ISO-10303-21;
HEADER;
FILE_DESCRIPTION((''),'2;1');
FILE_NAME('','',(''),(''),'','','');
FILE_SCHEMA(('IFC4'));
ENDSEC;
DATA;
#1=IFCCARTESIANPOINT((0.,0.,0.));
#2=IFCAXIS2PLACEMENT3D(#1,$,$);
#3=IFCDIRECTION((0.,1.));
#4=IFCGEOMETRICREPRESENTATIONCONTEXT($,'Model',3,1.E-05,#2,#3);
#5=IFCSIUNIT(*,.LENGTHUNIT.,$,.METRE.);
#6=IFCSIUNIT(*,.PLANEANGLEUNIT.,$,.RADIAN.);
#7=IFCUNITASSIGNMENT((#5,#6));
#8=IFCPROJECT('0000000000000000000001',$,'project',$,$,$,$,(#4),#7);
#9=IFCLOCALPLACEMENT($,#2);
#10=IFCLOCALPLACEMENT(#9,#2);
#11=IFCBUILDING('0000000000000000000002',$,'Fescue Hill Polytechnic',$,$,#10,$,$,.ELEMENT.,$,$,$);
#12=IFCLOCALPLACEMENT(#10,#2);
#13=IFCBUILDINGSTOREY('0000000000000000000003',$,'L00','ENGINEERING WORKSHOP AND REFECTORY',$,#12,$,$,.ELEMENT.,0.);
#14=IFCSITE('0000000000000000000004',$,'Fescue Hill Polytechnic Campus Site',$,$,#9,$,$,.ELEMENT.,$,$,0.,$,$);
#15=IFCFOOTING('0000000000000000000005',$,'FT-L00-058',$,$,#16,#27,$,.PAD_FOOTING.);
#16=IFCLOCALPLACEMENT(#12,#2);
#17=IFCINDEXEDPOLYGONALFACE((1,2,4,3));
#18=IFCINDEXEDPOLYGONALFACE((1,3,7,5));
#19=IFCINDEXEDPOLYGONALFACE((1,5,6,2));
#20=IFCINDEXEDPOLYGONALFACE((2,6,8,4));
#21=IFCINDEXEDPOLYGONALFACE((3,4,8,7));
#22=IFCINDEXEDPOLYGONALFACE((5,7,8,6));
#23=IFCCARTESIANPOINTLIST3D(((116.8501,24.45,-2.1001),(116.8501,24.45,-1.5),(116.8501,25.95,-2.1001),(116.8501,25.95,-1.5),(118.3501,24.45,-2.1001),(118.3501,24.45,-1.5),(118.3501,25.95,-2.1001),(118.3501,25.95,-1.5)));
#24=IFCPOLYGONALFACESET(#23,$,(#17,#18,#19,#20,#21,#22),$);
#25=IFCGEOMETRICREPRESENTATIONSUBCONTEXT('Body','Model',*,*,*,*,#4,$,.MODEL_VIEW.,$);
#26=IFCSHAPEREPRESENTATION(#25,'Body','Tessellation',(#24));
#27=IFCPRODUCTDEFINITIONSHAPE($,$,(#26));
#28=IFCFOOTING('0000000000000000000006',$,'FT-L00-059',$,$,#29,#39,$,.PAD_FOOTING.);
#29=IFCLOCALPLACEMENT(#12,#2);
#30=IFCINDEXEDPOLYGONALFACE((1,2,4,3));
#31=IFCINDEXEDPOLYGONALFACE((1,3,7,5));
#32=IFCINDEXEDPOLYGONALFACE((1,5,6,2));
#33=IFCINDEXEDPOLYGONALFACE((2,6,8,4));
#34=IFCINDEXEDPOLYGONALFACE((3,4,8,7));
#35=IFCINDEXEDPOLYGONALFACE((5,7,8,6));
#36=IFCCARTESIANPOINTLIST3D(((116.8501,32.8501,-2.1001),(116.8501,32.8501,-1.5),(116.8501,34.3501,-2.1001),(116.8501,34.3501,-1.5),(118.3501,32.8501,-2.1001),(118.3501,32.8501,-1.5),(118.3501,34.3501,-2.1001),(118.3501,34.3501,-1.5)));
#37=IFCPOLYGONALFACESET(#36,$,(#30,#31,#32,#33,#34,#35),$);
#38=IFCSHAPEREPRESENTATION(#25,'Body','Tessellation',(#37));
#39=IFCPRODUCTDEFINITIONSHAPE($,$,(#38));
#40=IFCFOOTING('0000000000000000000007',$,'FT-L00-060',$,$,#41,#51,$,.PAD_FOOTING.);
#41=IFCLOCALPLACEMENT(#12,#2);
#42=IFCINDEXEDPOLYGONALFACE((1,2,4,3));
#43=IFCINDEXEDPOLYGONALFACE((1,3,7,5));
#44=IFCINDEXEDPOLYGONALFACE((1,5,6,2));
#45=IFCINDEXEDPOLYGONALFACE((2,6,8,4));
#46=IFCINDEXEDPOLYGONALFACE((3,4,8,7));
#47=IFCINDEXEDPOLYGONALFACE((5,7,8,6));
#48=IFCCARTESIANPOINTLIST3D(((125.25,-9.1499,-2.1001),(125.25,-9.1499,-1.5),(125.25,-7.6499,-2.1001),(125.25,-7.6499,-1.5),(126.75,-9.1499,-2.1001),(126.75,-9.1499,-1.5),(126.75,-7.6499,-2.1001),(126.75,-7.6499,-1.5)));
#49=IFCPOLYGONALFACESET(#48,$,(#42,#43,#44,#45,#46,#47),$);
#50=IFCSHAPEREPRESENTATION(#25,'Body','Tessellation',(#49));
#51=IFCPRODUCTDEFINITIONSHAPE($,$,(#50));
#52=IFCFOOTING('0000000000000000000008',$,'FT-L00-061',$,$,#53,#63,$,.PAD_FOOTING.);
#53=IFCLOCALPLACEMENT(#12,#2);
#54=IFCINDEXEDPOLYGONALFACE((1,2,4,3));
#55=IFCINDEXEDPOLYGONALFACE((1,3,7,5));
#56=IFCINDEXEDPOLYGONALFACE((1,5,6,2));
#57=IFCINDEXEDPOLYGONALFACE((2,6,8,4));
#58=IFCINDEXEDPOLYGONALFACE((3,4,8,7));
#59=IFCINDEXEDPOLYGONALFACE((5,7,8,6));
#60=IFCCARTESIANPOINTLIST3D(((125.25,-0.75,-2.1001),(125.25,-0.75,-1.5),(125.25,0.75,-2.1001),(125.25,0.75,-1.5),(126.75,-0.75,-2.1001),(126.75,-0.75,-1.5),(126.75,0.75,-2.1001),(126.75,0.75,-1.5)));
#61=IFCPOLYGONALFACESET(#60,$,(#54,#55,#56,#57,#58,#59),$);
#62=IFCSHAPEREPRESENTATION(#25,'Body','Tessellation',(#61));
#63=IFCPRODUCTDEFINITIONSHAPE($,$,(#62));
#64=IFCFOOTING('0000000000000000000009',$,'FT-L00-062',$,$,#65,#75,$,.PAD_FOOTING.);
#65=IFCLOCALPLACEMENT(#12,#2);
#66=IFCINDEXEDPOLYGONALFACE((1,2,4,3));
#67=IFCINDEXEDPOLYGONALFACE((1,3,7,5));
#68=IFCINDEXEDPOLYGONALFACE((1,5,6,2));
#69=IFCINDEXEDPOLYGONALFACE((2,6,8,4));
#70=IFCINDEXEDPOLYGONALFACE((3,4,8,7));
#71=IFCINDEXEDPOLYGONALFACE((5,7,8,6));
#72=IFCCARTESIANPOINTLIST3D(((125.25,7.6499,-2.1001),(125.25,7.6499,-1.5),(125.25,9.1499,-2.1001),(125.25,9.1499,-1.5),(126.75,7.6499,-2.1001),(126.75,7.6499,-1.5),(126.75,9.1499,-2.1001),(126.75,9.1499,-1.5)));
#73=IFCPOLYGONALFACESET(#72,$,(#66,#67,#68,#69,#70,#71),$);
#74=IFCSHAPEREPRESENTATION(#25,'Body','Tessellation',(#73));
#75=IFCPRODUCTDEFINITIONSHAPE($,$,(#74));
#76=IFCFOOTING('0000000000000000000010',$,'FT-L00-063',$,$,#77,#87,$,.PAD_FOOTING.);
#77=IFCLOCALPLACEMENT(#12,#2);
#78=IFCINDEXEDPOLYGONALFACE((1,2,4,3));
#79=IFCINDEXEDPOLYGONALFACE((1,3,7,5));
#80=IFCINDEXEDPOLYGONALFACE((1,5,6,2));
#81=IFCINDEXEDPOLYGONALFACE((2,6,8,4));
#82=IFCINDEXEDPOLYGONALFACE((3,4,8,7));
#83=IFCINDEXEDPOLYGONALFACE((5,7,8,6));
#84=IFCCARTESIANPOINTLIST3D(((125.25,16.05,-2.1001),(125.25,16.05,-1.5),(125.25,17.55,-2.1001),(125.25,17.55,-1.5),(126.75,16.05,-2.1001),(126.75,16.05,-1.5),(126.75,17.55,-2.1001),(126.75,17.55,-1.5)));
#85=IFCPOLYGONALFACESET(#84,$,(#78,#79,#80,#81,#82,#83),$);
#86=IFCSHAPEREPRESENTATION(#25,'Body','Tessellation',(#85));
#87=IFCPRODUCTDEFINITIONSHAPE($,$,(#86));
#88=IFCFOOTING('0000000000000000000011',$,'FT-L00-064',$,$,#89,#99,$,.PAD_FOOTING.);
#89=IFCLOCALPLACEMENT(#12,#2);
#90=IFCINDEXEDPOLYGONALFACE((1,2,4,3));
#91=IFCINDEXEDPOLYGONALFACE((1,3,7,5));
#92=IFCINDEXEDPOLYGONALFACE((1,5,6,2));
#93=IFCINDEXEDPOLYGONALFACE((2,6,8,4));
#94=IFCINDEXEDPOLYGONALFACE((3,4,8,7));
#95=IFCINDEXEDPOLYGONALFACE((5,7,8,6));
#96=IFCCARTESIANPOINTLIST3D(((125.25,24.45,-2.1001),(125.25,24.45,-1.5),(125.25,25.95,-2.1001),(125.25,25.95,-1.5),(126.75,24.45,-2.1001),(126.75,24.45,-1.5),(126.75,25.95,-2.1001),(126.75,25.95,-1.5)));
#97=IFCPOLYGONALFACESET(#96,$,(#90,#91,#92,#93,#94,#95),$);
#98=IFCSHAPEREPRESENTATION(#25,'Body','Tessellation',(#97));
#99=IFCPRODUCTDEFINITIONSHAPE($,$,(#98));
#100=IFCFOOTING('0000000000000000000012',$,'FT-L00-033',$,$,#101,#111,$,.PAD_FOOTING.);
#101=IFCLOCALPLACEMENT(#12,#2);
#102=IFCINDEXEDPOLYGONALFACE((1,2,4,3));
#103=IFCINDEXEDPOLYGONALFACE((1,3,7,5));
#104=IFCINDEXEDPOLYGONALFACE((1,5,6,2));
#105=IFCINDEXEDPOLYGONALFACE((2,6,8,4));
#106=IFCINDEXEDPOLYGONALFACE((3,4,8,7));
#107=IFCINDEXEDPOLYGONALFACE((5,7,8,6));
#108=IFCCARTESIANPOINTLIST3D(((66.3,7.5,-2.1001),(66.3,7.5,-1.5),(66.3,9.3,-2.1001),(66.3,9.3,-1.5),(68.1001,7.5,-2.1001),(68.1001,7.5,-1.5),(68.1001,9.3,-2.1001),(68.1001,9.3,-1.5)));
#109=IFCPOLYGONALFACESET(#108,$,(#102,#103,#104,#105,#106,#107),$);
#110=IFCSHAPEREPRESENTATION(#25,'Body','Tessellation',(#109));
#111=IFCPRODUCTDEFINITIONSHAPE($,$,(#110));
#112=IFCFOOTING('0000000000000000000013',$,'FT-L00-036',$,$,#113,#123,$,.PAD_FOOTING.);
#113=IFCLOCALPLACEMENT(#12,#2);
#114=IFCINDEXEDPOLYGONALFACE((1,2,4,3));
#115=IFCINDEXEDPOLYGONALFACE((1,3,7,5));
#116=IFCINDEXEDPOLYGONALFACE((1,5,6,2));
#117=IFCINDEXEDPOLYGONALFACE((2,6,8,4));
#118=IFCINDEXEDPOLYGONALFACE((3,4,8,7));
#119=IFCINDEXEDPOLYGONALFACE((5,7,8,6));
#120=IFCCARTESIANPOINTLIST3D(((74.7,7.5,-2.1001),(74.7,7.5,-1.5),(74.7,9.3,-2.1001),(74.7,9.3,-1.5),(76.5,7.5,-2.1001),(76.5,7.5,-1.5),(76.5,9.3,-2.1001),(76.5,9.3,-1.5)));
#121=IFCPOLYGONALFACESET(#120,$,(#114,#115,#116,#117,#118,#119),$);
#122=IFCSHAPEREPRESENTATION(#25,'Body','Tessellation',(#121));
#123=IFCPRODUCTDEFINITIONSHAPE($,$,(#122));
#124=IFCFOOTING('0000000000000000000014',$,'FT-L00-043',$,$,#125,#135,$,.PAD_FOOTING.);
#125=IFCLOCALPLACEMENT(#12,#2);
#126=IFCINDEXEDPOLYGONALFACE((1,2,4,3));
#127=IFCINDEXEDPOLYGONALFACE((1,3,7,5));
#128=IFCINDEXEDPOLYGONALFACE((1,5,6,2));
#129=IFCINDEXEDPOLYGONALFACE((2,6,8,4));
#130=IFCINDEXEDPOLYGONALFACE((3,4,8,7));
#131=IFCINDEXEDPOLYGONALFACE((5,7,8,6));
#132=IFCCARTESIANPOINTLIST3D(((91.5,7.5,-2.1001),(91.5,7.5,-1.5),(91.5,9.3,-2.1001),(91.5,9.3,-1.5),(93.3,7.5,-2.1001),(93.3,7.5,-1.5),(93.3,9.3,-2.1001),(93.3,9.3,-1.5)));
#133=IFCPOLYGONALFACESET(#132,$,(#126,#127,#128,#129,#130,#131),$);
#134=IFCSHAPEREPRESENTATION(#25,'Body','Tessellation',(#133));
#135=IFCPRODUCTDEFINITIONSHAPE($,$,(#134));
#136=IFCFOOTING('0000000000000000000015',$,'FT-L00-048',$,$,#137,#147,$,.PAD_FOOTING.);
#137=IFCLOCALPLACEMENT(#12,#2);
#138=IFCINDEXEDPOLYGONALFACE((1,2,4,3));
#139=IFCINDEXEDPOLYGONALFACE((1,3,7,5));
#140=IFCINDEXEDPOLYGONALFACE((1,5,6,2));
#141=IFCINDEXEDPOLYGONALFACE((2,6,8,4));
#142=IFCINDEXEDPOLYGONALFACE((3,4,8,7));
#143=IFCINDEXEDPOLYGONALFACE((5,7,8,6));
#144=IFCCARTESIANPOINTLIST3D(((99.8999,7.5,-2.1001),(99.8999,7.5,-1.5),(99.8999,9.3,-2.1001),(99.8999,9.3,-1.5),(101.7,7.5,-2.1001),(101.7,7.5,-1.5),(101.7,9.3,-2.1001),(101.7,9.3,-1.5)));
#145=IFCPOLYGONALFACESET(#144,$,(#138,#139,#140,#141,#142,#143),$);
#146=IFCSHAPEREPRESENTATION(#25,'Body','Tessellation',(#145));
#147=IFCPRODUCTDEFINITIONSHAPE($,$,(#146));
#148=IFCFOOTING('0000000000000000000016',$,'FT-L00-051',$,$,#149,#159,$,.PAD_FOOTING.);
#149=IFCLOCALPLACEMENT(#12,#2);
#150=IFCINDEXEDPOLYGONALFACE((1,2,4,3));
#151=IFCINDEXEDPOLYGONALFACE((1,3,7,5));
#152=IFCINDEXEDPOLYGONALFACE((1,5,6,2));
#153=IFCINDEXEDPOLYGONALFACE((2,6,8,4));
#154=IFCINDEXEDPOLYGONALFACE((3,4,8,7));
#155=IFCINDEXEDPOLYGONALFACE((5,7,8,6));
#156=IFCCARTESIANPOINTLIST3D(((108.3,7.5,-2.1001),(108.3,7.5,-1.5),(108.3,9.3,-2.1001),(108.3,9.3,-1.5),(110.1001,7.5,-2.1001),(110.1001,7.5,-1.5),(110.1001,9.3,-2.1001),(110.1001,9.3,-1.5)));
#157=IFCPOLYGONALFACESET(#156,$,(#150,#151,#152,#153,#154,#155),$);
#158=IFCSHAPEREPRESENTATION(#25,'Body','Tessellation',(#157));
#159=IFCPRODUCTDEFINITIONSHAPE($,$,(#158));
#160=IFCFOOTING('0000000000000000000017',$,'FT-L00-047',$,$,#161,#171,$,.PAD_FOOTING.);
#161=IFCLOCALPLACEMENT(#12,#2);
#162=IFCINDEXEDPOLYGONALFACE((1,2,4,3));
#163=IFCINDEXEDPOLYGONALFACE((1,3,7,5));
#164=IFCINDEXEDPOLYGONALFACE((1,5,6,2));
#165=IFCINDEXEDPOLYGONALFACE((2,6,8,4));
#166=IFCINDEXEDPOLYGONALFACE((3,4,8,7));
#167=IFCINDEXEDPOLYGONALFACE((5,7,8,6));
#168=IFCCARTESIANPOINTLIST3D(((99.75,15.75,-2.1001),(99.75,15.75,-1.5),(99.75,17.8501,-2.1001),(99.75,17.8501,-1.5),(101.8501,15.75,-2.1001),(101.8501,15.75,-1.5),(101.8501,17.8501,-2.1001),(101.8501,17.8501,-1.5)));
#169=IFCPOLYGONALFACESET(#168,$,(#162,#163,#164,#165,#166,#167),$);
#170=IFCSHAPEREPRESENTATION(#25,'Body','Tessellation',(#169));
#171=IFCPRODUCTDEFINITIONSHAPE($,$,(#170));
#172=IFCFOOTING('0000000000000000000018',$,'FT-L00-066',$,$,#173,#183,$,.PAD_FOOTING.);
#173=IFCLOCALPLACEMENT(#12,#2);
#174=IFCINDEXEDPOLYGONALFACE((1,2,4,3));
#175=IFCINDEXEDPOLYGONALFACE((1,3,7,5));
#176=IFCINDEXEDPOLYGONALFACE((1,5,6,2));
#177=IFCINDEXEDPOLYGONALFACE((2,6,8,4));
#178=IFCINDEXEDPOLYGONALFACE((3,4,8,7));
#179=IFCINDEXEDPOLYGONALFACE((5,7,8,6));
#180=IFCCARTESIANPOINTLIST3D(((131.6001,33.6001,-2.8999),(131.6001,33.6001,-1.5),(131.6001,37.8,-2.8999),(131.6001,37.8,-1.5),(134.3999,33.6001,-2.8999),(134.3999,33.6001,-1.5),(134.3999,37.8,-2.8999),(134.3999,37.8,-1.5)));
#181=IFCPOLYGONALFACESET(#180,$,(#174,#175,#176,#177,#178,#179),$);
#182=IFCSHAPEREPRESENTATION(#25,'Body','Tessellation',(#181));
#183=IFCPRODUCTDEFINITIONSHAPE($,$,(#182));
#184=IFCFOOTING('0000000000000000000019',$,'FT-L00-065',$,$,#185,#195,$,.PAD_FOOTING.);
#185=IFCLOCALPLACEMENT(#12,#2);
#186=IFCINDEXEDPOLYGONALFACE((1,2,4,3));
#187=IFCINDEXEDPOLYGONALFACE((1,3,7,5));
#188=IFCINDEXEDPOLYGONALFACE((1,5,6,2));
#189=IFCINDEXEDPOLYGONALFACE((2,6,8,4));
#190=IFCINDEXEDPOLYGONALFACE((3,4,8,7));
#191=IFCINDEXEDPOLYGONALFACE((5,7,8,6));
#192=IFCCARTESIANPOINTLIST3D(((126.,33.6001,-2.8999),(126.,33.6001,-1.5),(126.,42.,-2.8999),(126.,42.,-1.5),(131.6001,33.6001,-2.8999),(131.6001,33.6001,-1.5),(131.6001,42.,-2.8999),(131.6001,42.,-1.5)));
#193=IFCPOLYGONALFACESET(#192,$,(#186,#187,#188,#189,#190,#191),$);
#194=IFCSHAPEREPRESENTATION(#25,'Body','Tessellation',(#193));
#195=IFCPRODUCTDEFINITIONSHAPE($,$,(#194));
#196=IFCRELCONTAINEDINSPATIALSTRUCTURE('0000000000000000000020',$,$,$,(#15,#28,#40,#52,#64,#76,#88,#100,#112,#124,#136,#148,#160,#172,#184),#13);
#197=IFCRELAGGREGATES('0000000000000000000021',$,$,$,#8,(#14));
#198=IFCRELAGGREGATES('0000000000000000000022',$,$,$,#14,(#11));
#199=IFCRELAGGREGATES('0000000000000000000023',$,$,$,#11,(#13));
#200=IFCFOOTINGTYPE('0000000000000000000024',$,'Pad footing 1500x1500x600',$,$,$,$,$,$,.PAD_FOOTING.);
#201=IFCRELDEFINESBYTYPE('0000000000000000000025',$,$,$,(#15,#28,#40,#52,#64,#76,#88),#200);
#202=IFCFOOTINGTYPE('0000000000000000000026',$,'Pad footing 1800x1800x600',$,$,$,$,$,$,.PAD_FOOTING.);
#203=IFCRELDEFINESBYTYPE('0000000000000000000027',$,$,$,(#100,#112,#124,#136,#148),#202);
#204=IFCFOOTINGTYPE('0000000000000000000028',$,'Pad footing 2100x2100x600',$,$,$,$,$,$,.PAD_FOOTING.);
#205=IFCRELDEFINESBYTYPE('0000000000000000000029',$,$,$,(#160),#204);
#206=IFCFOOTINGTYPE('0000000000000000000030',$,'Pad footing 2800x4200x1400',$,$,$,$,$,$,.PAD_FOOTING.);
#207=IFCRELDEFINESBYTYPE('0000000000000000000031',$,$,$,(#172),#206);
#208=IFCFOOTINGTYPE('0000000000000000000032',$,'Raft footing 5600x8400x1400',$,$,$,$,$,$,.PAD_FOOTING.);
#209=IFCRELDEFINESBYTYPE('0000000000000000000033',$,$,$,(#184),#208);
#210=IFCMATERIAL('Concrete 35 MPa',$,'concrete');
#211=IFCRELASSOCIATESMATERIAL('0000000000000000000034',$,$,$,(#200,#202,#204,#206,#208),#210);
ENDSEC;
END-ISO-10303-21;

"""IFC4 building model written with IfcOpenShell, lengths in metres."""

from ifc_helpers import new_model, si_unit, direction, frame, origin, place, context, subcontext, project, spatial, polyline, outline, extrude, material, type_object, element, save


model = new_model("IFC4")

# Units and contexts
model_context = context("Model", 3, precision=1e-05, world=origin(), true_north=direction((0.0, 1.0)))
body_context = subcontext(model_context, "Body", "Model", "MODEL_VIEW")
ifc_project = project(units=[si_unit("LENGTHUNIT", "METRE"), si_unit("PLANEANGLEUNIT", "RADIAN")], contexts=[model_context])

# Site, building, storey
site_placement = place(None, origin())
site = spatial("IfcSite", under=ifc_project, at=site_placement, Name="Fescue Hill Polytechnic Campus Site", CompositionType="ELEMENT", RefElevation=0.0)
building_placement = place(site_placement, origin())
building = spatial("IfcBuilding", under=site, at=building_placement, Name="Fescue Hill Polytechnic", CompositionType="ELEMENT")
storey_placement = place(building_placement, origin())
storey = spatial("IfcBuildingStorey", under=building, at=storey_placement, Name="L00", Description="ENGINEERING WORKSHOP AND REFECTORY", CompositionType="ELEMENT", Elevation=0.0)

# Footings
ifc_material = material(Name="Concrete 35 MPa", Category="concrete")
footing_type_1 = type_object("IfcFootingType", Name="Pad footing 1500x1500x600", PredefinedType="PAD_FOOTING", material=ifc_material)
footing_1_placement = place(storey_placement, frame((0.0, 0.0, -2.1001)))
element("IfcFooting", 1, at=footing_1_placement, inside=storey, type_object=footing_type_1, Name="FT-L00-058", PredefinedType="PAD_FOOTING", context=body_context, shape_type="SweptSolid", body=[
    extrude(outline(polyline([(118.3501, 24.45), (118.3501, 25.95), (116.8501, 25.95), (116.8501, 24.45), (118.3501, 24.45)])), origin(), (0.0, 0.0, 1.0), 0.6001),
])
footing_2_placement = place(storey_placement, frame((0.0, 0.0, -2.1001)))
element("IfcFooting", 2, at=footing_2_placement, inside=storey, type_object=footing_type_1, Name="FT-L00-059", PredefinedType="PAD_FOOTING", context=body_context, shape_type="SweptSolid", body=[
    extrude(outline(polyline([(118.3501, 32.8501), (118.3501, 34.3501), (116.8501, 34.3501), (116.8501, 32.8501), (118.3501, 32.8501)])), origin(), (0.0, 0.0, 1.0), 0.6001),
])
footing_3_placement = place(storey_placement, frame((0.0, 0.0, -2.1001)))
element("IfcFooting", 3, at=footing_3_placement, inside=storey, type_object=footing_type_1, Name="FT-L00-060", PredefinedType="PAD_FOOTING", context=body_context, shape_type="SweptSolid", body=[
    extrude(outline(polyline([(126.75, -9.1499), (126.75, -7.6499), (125.25, -7.6499), (125.25, -9.1499), (126.75, -9.1499)])), origin(), (0.0, 0.0, 1.0), 0.6001),
])
footing_4_placement = place(storey_placement, frame((0.0, 0.0, -2.1001)))
element("IfcFooting", 4, at=footing_4_placement, inside=storey, type_object=footing_type_1, Name="FT-L00-061", PredefinedType="PAD_FOOTING", context=body_context, shape_type="SweptSolid", body=[
    extrude(outline(polyline([(126.75, -0.75), (126.75, 0.75), (125.25, 0.75), (125.25, -0.75), (126.75, -0.75)])), origin(), (0.0, 0.0, 1.0), 0.6001),
])
footing_5_placement = place(storey_placement, frame((0.0, 0.0, -2.1001)))
element("IfcFooting", 5, at=footing_5_placement, inside=storey, type_object=footing_type_1, Name="FT-L00-062", PredefinedType="PAD_FOOTING", context=body_context, shape_type="SweptSolid", body=[
    extrude(outline(polyline([(126.75, 7.6499), (126.75, 9.1499), (125.25, 9.1499), (125.25, 7.6499), (126.75, 7.6499)])), origin(), (0.0, 0.0, 1.0), 0.6001),
])
footing_6_placement = place(storey_placement, frame((0.0, 0.0, -2.1001)))
element("IfcFooting", 6, at=footing_6_placement, inside=storey, type_object=footing_type_1, Name="FT-L00-063", PredefinedType="PAD_FOOTING", context=body_context, shape_type="SweptSolid", body=[
    extrude(outline(polyline([(126.75, 16.05), (126.75, 17.55), (125.25, 17.55), (125.25, 16.05), (126.75, 16.05)])), origin(), (0.0, 0.0, 1.0), 0.6001),
])
footing_7_placement = place(storey_placement, frame((0.0, 0.0, -2.1001)))
element("IfcFooting", 7, at=footing_7_placement, inside=storey, type_object=footing_type_1, Name="FT-L00-064", PredefinedType="PAD_FOOTING", context=body_context, shape_type="SweptSolid", body=[
    extrude(outline(polyline([(126.75, 24.45), (126.75, 25.95), (125.25, 25.95), (125.25, 24.45), (126.75, 24.45)])), origin(), (0.0, 0.0, 1.0), 0.6001),
])
footing_type_2 = type_object("IfcFootingType", Name="Pad footing 1800x1800x600", PredefinedType="PAD_FOOTING", material=ifc_material)
footing_8_placement = place(storey_placement, frame((0.0, 0.0, -2.1001)))
element("IfcFooting", 8, at=footing_8_placement, inside=storey, type_object=footing_type_2, Name="FT-L00-033", PredefinedType="PAD_FOOTING", context=body_context, shape_type="SweptSolid", body=[
    extrude(outline(polyline([(68.1001, 7.5), (68.1001, 9.3), (66.3, 9.3), (66.3, 7.5), (68.1001, 7.5)])), origin(), (0.0, 0.0, 1.0), 0.6001),
])
footing_9_placement = place(storey_placement, frame((0.0, 0.0, -2.1001)))
element("IfcFooting", 9, at=footing_9_placement, inside=storey, type_object=footing_type_2, Name="FT-L00-036", PredefinedType="PAD_FOOTING", context=body_context, shape_type="SweptSolid", body=[
    extrude(outline(polyline([(76.5, 7.5), (76.5, 9.3), (74.7, 9.3), (74.7, 7.5), (76.5, 7.5)])), origin(), (0.0, 0.0, 1.0), 0.6001),
])
footing_10_placement = place(storey_placement, frame((0.0, 0.0, -2.1001)))
element("IfcFooting", 10, at=footing_10_placement, inside=storey, type_object=footing_type_2, Name="FT-L00-043", PredefinedType="PAD_FOOTING", context=body_context, shape_type="SweptSolid", body=[
    extrude(outline(polyline([(93.3, 7.5), (93.3, 9.3), (91.5, 9.3), (91.5, 7.5), (93.3, 7.5)])), origin(), (0.0, 0.0, 1.0), 0.6001),
])
footing_11_placement = place(storey_placement, frame((0.0, 0.0, -2.1001)))
element("IfcFooting", 11, at=footing_11_placement, inside=storey, type_object=footing_type_2, Name="FT-L00-048", PredefinedType="PAD_FOOTING", context=body_context, shape_type="SweptSolid", body=[
    extrude(outline(polyline([(101.7, 7.5), (101.7, 9.3), (99.8999, 9.3), (99.8999, 7.5), (101.7, 7.5)])), origin(), (0.0, 0.0, 1.0), 0.6001),
])
footing_12_placement = place(storey_placement, frame((0.0, 0.0, -2.1001)))
element("IfcFooting", 12, at=footing_12_placement, inside=storey, type_object=footing_type_2, Name="FT-L00-051", PredefinedType="PAD_FOOTING", context=body_context, shape_type="SweptSolid", body=[
    extrude(outline(polyline([(110.1001, 7.5), (110.1001, 9.3), (108.3, 9.3), (108.3, 7.5), (110.1001, 7.5)])), origin(), (0.0, 0.0, 1.0), 0.6001),
])
footing_type_3 = type_object("IfcFootingType", Name="Pad footing 2100x2100x600", PredefinedType="PAD_FOOTING", material=ifc_material)
footing_13_placement = place(storey_placement, frame((0.0, 0.0, -2.1001)))
element("IfcFooting", 13, at=footing_13_placement, inside=storey, type_object=footing_type_3, Name="FT-L00-047", PredefinedType="PAD_FOOTING", context=body_context, shape_type="SweptSolid", body=[
    extrude(outline(polyline([(101.8501, 15.75), (101.8501, 17.8501), (99.75, 17.8501), (99.75, 15.75), (101.8501, 15.75)])), origin(), (0.0, 0.0, 1.0), 0.6001),
])
footing_type_4 = type_object("IfcFootingType", Name="Pad footing 2800x4200x1400", PredefinedType="PAD_FOOTING", material=ifc_material)
footing_14_placement = place(storey_placement, frame((0.0, 0.0, -2.8999)))
element("IfcFooting", 14, at=footing_14_placement, inside=storey, type_object=footing_type_4, Name="FT-L00-066", PredefinedType="PAD_FOOTING", context=body_context, shape_type="SweptSolid", body=[
    extrude(outline(polyline([(134.3999, 33.6001), (134.3999, 37.8), (131.6001, 37.8), (131.6001, 33.6001), (134.3999, 33.6001)])), origin(), (0.0, 0.0, 1.0), 1.3999),
])
footing_type_5 = type_object("IfcFootingType", Name="Raft footing 5600x8400x1400", PredefinedType="PAD_FOOTING", material=ifc_material)
footing_15_placement = place(storey_placement, frame((0.0, 0.0, -2.8999)))
element("IfcFooting", 15, at=footing_15_placement, inside=storey, type_object=footing_type_5, Name="FT-L00-065", PredefinedType="PAD_FOOTING", context=body_context, shape_type="SweptSolid", body=[
    extrude(outline(polyline([(131.6001, 33.6001), (131.6001, 42.0), (126.0, 42.0), (126.0, 33.6001), (131.6001, 33.6001)])), origin(), (0.0, 0.0, 1.0), 1.3999),
])

save(model, "model.ifc")
